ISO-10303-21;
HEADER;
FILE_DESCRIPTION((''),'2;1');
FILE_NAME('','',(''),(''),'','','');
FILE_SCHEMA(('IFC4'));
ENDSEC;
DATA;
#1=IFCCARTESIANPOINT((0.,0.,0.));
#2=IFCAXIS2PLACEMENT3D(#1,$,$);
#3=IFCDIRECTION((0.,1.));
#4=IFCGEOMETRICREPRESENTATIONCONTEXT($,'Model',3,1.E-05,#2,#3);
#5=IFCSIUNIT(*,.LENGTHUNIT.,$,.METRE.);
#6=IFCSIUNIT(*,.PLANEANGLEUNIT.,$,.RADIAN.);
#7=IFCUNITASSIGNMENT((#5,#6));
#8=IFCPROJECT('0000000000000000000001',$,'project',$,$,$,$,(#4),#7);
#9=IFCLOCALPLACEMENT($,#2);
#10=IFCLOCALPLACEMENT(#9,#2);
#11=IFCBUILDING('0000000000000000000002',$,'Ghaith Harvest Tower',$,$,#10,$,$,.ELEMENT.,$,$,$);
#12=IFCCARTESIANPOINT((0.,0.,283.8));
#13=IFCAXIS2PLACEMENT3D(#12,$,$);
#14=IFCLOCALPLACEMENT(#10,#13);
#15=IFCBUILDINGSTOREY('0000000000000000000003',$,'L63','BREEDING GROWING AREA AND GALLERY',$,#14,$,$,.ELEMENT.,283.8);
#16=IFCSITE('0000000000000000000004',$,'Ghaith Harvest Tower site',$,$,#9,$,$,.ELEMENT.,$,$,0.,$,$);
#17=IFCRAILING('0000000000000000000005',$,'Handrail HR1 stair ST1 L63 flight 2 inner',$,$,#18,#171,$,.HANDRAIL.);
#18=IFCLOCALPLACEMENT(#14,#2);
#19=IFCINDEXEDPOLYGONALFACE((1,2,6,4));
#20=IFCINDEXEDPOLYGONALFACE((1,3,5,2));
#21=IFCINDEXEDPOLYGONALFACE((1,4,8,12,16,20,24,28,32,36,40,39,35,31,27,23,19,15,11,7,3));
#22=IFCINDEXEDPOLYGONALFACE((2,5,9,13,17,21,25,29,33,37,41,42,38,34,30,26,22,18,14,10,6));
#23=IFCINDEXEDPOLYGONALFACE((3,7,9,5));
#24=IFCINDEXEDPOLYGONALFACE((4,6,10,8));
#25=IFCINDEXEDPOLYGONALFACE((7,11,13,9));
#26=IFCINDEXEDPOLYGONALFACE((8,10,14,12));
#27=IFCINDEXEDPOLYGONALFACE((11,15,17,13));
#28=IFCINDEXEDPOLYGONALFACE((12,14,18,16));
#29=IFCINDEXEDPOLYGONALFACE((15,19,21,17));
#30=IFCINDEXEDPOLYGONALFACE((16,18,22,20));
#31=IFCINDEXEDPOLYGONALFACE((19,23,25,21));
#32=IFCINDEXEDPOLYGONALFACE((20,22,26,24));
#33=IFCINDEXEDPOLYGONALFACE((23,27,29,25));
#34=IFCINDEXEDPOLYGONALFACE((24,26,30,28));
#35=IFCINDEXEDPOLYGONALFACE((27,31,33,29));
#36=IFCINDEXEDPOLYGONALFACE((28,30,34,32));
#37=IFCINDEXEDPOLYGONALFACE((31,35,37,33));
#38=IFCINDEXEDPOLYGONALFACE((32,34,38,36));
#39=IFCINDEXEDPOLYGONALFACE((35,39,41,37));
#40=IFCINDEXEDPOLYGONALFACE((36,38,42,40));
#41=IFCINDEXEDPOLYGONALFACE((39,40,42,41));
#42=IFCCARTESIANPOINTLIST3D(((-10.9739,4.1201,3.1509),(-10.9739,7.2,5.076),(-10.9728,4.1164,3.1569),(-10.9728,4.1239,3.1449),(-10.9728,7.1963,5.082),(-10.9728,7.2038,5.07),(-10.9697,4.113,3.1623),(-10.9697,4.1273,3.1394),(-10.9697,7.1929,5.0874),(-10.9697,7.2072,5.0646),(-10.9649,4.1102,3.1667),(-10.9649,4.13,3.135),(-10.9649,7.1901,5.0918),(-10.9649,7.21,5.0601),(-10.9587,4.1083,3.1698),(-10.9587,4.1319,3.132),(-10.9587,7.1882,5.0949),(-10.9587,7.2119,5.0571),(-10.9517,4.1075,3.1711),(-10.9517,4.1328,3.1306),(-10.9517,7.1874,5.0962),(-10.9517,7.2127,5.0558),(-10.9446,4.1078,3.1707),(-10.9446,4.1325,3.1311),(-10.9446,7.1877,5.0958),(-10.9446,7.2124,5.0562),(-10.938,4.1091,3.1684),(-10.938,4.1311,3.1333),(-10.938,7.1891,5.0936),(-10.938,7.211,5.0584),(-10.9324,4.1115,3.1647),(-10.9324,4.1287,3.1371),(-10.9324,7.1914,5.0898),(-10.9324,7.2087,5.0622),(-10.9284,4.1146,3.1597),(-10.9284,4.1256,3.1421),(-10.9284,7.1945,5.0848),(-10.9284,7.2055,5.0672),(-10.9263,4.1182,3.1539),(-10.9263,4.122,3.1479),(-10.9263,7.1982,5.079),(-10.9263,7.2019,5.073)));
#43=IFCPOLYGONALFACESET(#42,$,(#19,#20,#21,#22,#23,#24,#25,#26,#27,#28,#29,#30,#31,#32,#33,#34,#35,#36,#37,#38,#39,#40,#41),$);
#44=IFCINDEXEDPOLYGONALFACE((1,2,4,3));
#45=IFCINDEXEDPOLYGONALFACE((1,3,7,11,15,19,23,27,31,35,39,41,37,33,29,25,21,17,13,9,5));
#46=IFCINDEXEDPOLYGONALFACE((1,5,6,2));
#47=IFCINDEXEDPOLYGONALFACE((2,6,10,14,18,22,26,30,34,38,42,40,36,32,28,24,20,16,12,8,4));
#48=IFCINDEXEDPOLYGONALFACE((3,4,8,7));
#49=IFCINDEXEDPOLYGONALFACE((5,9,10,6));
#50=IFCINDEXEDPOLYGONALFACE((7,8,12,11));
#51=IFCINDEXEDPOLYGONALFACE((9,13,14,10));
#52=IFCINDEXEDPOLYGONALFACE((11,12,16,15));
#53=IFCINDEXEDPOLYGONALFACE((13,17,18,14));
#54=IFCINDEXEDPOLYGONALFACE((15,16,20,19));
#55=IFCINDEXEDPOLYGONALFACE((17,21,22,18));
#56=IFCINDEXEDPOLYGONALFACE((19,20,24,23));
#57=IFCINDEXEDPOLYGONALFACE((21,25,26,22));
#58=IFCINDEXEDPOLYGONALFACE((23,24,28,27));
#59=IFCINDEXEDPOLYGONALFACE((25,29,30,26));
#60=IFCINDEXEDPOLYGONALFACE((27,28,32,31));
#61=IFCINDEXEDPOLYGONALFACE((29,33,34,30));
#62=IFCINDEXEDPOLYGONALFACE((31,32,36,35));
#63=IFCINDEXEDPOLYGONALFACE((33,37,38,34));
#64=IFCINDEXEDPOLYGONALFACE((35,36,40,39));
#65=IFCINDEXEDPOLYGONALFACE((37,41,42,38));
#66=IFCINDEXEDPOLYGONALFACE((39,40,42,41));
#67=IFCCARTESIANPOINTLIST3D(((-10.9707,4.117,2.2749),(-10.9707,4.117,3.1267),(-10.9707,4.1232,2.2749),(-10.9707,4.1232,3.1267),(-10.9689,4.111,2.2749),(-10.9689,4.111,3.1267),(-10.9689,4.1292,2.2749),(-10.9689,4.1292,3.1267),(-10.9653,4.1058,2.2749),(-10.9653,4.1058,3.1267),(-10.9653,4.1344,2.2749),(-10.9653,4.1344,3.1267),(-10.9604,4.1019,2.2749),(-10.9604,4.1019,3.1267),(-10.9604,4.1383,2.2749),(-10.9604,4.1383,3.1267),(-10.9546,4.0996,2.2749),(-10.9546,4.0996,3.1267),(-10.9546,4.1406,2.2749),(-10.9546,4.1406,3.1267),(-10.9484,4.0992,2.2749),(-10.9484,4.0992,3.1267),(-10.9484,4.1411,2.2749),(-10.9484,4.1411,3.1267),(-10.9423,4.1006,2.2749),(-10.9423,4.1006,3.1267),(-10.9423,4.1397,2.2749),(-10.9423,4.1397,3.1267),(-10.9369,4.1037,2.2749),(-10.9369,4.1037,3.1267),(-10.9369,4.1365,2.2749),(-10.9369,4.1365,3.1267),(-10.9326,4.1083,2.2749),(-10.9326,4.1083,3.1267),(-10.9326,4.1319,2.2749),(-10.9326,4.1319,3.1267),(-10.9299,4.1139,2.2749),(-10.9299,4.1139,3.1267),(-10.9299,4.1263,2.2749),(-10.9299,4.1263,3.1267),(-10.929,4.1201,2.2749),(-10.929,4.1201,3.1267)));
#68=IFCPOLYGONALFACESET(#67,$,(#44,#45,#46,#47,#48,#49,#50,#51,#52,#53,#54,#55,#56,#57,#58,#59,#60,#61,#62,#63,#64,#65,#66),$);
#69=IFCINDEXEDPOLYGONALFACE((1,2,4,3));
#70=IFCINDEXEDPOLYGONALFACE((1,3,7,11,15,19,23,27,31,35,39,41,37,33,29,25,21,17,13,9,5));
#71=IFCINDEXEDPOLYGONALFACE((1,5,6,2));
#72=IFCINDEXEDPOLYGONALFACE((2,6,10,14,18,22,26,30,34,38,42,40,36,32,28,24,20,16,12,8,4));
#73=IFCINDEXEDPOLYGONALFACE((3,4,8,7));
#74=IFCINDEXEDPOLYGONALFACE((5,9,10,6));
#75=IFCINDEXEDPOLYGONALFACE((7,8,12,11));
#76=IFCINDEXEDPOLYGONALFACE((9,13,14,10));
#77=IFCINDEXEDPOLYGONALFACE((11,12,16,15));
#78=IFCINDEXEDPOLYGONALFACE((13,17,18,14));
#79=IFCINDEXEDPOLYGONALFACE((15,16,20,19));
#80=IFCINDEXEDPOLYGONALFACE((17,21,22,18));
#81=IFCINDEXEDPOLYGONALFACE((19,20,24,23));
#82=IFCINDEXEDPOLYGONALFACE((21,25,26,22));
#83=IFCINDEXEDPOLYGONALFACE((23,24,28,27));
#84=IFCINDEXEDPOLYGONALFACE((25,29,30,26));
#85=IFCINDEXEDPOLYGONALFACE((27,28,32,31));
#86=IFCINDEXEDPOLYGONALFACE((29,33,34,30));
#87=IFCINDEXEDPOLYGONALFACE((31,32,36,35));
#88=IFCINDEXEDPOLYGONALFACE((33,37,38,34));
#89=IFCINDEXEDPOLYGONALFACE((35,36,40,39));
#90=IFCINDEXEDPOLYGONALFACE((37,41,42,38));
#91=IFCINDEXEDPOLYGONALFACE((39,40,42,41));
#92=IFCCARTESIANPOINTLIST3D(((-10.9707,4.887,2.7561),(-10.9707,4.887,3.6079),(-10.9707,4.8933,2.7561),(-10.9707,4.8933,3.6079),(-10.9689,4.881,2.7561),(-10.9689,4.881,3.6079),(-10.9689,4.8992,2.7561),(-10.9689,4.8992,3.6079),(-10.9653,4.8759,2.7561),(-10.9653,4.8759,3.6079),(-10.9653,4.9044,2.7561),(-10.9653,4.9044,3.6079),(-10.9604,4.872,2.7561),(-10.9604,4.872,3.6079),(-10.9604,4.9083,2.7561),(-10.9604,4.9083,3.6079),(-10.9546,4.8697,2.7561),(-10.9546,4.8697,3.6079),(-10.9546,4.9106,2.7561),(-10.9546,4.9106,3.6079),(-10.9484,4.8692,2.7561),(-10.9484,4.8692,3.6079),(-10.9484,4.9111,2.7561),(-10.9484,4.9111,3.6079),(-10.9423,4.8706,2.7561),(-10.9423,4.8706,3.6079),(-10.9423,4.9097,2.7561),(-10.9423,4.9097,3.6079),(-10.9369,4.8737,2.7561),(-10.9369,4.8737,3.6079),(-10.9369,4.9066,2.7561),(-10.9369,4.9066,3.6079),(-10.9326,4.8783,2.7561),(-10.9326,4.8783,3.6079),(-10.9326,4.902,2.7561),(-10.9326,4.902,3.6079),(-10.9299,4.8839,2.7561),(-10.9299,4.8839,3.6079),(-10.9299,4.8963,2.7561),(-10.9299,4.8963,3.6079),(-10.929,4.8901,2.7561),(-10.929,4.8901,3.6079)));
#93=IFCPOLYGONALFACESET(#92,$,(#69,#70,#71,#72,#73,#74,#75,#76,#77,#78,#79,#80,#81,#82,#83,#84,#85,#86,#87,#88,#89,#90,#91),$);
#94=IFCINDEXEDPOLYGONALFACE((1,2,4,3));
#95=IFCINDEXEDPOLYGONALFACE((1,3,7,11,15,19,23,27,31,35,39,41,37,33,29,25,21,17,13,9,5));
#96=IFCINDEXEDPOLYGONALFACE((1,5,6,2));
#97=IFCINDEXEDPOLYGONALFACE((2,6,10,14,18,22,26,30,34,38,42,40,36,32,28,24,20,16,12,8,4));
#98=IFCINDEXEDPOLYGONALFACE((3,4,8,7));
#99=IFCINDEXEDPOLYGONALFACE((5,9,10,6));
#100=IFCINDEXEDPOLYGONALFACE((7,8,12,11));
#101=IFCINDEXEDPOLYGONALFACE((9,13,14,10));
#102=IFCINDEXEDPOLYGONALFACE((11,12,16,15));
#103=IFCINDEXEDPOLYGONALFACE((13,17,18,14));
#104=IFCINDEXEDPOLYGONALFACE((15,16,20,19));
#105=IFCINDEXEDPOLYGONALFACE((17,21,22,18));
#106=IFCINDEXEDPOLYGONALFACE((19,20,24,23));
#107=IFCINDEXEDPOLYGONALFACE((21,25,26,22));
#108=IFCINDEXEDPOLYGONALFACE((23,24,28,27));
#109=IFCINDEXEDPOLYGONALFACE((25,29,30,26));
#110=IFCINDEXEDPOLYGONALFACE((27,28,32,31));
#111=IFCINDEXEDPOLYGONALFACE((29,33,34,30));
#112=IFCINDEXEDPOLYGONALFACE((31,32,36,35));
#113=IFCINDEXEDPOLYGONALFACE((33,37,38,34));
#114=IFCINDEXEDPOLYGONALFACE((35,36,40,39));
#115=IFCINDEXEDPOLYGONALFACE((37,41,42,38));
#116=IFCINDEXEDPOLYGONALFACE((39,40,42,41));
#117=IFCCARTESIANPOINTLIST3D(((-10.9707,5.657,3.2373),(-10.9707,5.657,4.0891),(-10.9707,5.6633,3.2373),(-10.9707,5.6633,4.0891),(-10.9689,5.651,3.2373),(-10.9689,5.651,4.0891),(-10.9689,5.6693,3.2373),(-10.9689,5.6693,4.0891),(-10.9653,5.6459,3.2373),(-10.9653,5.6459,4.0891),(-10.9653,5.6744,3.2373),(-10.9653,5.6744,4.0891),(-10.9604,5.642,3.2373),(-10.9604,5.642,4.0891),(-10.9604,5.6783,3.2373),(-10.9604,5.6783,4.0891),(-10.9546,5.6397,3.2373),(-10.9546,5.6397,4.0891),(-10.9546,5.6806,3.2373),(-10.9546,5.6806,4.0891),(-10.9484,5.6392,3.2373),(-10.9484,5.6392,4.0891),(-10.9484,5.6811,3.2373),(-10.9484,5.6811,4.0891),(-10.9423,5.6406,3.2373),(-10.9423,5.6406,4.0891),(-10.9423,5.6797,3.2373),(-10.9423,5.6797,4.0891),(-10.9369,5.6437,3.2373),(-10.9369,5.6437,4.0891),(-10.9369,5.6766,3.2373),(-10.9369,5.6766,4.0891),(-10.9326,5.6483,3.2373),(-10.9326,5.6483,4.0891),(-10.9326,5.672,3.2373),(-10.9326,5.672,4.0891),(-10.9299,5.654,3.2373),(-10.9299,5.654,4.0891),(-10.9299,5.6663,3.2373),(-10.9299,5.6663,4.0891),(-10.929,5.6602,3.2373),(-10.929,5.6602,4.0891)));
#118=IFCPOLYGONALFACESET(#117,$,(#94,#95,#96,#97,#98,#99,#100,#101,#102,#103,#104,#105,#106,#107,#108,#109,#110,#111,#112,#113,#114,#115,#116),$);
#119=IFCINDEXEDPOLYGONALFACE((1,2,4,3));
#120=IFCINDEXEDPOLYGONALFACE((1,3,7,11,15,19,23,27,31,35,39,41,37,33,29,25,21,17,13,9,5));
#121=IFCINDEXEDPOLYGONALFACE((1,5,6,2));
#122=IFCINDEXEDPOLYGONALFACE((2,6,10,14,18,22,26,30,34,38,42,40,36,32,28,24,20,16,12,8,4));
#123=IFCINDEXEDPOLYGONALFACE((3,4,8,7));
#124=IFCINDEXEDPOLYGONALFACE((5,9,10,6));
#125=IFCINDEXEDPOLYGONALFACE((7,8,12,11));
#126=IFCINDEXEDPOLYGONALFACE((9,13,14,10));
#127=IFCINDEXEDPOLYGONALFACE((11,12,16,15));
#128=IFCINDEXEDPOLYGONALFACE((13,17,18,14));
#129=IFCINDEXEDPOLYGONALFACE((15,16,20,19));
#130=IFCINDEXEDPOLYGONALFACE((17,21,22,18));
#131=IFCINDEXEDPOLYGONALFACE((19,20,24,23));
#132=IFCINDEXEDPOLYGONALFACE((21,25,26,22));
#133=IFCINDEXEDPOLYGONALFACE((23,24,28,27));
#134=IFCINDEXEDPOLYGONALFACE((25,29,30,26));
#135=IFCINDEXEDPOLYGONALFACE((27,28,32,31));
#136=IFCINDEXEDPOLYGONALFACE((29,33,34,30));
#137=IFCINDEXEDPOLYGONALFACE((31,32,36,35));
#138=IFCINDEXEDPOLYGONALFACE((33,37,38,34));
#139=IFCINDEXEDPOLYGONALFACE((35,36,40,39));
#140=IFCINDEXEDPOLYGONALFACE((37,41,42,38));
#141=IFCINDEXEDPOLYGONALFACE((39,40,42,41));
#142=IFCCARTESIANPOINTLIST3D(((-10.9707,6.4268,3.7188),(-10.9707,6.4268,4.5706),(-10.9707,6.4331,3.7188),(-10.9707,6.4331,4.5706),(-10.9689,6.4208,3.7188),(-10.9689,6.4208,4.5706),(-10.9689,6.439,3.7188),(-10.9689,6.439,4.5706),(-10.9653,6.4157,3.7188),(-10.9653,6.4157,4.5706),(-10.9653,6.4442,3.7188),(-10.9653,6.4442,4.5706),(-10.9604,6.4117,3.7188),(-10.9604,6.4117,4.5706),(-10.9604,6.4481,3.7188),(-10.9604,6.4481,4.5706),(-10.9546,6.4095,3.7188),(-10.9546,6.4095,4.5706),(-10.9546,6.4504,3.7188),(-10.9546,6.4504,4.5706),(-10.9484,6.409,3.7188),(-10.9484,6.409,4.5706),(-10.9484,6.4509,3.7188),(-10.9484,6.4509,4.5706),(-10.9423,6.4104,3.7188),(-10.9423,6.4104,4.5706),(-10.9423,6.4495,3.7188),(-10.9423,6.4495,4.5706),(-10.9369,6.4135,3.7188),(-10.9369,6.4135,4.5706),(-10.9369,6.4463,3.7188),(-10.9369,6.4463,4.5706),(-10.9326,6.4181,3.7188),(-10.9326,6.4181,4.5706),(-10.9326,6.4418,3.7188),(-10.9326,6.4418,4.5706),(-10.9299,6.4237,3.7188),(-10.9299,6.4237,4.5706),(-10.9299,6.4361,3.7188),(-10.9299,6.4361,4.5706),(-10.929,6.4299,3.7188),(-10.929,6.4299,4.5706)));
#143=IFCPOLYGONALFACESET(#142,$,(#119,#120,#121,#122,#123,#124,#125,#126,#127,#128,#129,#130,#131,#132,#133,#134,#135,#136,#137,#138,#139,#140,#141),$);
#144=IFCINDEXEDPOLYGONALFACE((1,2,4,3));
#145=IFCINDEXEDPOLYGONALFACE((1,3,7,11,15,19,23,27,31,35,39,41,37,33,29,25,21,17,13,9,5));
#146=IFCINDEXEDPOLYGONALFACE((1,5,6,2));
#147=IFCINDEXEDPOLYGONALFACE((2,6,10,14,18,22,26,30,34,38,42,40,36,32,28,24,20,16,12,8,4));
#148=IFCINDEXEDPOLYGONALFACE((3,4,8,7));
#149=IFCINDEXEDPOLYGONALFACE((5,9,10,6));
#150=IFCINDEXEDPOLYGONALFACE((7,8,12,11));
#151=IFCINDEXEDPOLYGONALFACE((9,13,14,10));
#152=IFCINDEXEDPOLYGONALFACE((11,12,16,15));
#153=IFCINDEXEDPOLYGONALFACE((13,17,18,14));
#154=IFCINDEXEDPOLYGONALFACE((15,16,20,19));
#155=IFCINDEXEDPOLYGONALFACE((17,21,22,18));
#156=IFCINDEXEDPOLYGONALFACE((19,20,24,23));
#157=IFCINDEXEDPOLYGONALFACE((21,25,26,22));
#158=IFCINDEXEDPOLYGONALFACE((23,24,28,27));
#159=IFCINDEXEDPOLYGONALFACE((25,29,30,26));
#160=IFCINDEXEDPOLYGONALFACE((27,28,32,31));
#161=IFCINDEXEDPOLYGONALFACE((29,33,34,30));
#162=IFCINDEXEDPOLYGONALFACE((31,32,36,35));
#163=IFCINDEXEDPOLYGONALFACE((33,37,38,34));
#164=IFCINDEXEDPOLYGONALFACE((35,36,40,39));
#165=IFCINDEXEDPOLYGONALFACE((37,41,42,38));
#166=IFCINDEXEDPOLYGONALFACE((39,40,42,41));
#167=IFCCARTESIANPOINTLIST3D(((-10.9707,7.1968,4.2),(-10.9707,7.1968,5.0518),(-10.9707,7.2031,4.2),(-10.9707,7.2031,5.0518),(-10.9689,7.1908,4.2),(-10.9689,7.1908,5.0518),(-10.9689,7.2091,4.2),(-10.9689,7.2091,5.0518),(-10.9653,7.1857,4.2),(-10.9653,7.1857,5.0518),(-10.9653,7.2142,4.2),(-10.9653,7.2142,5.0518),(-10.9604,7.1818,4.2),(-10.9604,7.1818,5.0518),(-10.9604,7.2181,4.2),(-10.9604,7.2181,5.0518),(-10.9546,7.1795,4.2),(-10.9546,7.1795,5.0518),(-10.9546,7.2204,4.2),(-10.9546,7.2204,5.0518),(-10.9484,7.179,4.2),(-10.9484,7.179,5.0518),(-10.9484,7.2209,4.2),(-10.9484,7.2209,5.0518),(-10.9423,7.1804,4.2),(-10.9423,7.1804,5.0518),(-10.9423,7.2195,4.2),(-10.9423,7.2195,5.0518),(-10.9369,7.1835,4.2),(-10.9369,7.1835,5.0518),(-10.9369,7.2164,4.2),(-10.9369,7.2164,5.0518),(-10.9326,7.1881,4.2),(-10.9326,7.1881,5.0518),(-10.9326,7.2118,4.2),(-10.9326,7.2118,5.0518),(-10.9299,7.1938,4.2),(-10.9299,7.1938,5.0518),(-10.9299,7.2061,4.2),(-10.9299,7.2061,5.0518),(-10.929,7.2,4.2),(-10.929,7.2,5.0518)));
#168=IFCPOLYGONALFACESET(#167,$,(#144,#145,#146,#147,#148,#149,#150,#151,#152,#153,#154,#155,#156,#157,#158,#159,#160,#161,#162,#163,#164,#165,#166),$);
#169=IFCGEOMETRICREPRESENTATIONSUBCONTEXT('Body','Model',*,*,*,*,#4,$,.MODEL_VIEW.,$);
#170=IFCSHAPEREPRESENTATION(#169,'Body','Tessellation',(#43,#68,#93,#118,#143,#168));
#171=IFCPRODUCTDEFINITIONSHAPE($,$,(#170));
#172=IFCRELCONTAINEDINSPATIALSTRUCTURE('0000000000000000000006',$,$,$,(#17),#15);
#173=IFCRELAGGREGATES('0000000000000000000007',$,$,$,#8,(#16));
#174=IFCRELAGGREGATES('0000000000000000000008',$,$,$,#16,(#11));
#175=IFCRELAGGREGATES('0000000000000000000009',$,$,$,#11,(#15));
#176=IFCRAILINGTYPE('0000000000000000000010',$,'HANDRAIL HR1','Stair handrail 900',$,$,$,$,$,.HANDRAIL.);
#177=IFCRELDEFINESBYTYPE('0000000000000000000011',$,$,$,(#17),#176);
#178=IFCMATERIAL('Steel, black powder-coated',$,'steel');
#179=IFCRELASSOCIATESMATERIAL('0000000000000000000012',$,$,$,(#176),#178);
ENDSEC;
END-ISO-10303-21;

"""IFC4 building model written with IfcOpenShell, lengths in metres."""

from ifc_helpers import new_model, si_unit, direction, frame, origin, origin_2d, place, context, subcontext, project, spatial, circle, extrude, material, type_object, element, save


model = new_model("IFC4")

# Units and contexts
model_context = context("Model", 3, precision=1e-05, world=origin(), true_north=direction((0.0, 1.0)))
body_context = subcontext(model_context, "Body", "Model", "MODEL_VIEW")
ifc_project = project(units=[si_unit("LENGTHUNIT", "METRE"), si_unit("PLANEANGLEUNIT", "RADIAN")], contexts=[model_context])

# Site, building, storey
site_placement = place(None, origin())
site = spatial("IfcSite", under=ifc_project, at=site_placement, Name="Ghaith Harvest Tower site", CompositionType="ELEMENT", RefElevation=0.0)
building_placement = place(site_placement, origin())
building = spatial("IfcBuilding", under=site, at=building_placement, Name="Ghaith Harvest Tower", CompositionType="ELEMENT")
storey_placement = place(building_placement, frame((0.0, 0.0, 283.8)))
storey = spatial("IfcBuildingStorey", under=building, at=storey_placement, Name="L63", Description="BREEDING GROWING AREA AND GALLERY", CompositionType="ELEMENT", Elevation=283.8)

# Railing
ifc_material_1 = material(Name="Steel, black powder-coated", Category="steel")
railing_type = type_object("IfcRailingType", Name="HANDRAIL HR1", Description="Stair handrail 900", PredefinedType="HANDRAIL", material=ifc_material_1)
railing_placement = place(storey_placement, frame((-10.95, 4.1201, 2.2749)))
element("IfcRailing", 1, at=railing_placement, inside=storey, type_object=railing_type, Name="Handrail HR1 stair ST1 L63 flight 2 inner", PredefinedType="HANDRAIL", context=body_context, shape_type="SweptSolid", body=[
    extrude(circle(Radius=0.0239, at=origin_2d()), frame((0.0, 0.0, 0.876), z_axis=(0.0, 0.847979, 0.530029), x_axis=(-1.0, 0.0, 0.0)), (0.0, 0.0, 1.0), 3.6321),
    extrude(circle(Radius=0.021, at=origin_2d()), origin(), (0.0, 0.0, 1.0), 0.8518),
    extrude(circle(Radius=0.021, at=origin_2d()), frame((0.0, 0.77, 0.4812)), (0.0, 0.0, 1.0), 0.8518),
    extrude(circle(Radius=0.021, at=origin_2d()), frame((0.0, 1.54, 0.9624)), (0.0, 0.0, 1.0), 0.8518),
    extrude(circle(Radius=0.021, at=origin_2d()), frame((0.0, 2.3098, 1.4438)), (0.0, 0.0, 1.0), 0.8518),
    extrude(circle(Radius=0.021, at=origin_2d()), frame((0.0, 3.0798, 1.925)), (0.0, 0.0, 1.0), 0.8518),
])

save(model, "model.ifc")
